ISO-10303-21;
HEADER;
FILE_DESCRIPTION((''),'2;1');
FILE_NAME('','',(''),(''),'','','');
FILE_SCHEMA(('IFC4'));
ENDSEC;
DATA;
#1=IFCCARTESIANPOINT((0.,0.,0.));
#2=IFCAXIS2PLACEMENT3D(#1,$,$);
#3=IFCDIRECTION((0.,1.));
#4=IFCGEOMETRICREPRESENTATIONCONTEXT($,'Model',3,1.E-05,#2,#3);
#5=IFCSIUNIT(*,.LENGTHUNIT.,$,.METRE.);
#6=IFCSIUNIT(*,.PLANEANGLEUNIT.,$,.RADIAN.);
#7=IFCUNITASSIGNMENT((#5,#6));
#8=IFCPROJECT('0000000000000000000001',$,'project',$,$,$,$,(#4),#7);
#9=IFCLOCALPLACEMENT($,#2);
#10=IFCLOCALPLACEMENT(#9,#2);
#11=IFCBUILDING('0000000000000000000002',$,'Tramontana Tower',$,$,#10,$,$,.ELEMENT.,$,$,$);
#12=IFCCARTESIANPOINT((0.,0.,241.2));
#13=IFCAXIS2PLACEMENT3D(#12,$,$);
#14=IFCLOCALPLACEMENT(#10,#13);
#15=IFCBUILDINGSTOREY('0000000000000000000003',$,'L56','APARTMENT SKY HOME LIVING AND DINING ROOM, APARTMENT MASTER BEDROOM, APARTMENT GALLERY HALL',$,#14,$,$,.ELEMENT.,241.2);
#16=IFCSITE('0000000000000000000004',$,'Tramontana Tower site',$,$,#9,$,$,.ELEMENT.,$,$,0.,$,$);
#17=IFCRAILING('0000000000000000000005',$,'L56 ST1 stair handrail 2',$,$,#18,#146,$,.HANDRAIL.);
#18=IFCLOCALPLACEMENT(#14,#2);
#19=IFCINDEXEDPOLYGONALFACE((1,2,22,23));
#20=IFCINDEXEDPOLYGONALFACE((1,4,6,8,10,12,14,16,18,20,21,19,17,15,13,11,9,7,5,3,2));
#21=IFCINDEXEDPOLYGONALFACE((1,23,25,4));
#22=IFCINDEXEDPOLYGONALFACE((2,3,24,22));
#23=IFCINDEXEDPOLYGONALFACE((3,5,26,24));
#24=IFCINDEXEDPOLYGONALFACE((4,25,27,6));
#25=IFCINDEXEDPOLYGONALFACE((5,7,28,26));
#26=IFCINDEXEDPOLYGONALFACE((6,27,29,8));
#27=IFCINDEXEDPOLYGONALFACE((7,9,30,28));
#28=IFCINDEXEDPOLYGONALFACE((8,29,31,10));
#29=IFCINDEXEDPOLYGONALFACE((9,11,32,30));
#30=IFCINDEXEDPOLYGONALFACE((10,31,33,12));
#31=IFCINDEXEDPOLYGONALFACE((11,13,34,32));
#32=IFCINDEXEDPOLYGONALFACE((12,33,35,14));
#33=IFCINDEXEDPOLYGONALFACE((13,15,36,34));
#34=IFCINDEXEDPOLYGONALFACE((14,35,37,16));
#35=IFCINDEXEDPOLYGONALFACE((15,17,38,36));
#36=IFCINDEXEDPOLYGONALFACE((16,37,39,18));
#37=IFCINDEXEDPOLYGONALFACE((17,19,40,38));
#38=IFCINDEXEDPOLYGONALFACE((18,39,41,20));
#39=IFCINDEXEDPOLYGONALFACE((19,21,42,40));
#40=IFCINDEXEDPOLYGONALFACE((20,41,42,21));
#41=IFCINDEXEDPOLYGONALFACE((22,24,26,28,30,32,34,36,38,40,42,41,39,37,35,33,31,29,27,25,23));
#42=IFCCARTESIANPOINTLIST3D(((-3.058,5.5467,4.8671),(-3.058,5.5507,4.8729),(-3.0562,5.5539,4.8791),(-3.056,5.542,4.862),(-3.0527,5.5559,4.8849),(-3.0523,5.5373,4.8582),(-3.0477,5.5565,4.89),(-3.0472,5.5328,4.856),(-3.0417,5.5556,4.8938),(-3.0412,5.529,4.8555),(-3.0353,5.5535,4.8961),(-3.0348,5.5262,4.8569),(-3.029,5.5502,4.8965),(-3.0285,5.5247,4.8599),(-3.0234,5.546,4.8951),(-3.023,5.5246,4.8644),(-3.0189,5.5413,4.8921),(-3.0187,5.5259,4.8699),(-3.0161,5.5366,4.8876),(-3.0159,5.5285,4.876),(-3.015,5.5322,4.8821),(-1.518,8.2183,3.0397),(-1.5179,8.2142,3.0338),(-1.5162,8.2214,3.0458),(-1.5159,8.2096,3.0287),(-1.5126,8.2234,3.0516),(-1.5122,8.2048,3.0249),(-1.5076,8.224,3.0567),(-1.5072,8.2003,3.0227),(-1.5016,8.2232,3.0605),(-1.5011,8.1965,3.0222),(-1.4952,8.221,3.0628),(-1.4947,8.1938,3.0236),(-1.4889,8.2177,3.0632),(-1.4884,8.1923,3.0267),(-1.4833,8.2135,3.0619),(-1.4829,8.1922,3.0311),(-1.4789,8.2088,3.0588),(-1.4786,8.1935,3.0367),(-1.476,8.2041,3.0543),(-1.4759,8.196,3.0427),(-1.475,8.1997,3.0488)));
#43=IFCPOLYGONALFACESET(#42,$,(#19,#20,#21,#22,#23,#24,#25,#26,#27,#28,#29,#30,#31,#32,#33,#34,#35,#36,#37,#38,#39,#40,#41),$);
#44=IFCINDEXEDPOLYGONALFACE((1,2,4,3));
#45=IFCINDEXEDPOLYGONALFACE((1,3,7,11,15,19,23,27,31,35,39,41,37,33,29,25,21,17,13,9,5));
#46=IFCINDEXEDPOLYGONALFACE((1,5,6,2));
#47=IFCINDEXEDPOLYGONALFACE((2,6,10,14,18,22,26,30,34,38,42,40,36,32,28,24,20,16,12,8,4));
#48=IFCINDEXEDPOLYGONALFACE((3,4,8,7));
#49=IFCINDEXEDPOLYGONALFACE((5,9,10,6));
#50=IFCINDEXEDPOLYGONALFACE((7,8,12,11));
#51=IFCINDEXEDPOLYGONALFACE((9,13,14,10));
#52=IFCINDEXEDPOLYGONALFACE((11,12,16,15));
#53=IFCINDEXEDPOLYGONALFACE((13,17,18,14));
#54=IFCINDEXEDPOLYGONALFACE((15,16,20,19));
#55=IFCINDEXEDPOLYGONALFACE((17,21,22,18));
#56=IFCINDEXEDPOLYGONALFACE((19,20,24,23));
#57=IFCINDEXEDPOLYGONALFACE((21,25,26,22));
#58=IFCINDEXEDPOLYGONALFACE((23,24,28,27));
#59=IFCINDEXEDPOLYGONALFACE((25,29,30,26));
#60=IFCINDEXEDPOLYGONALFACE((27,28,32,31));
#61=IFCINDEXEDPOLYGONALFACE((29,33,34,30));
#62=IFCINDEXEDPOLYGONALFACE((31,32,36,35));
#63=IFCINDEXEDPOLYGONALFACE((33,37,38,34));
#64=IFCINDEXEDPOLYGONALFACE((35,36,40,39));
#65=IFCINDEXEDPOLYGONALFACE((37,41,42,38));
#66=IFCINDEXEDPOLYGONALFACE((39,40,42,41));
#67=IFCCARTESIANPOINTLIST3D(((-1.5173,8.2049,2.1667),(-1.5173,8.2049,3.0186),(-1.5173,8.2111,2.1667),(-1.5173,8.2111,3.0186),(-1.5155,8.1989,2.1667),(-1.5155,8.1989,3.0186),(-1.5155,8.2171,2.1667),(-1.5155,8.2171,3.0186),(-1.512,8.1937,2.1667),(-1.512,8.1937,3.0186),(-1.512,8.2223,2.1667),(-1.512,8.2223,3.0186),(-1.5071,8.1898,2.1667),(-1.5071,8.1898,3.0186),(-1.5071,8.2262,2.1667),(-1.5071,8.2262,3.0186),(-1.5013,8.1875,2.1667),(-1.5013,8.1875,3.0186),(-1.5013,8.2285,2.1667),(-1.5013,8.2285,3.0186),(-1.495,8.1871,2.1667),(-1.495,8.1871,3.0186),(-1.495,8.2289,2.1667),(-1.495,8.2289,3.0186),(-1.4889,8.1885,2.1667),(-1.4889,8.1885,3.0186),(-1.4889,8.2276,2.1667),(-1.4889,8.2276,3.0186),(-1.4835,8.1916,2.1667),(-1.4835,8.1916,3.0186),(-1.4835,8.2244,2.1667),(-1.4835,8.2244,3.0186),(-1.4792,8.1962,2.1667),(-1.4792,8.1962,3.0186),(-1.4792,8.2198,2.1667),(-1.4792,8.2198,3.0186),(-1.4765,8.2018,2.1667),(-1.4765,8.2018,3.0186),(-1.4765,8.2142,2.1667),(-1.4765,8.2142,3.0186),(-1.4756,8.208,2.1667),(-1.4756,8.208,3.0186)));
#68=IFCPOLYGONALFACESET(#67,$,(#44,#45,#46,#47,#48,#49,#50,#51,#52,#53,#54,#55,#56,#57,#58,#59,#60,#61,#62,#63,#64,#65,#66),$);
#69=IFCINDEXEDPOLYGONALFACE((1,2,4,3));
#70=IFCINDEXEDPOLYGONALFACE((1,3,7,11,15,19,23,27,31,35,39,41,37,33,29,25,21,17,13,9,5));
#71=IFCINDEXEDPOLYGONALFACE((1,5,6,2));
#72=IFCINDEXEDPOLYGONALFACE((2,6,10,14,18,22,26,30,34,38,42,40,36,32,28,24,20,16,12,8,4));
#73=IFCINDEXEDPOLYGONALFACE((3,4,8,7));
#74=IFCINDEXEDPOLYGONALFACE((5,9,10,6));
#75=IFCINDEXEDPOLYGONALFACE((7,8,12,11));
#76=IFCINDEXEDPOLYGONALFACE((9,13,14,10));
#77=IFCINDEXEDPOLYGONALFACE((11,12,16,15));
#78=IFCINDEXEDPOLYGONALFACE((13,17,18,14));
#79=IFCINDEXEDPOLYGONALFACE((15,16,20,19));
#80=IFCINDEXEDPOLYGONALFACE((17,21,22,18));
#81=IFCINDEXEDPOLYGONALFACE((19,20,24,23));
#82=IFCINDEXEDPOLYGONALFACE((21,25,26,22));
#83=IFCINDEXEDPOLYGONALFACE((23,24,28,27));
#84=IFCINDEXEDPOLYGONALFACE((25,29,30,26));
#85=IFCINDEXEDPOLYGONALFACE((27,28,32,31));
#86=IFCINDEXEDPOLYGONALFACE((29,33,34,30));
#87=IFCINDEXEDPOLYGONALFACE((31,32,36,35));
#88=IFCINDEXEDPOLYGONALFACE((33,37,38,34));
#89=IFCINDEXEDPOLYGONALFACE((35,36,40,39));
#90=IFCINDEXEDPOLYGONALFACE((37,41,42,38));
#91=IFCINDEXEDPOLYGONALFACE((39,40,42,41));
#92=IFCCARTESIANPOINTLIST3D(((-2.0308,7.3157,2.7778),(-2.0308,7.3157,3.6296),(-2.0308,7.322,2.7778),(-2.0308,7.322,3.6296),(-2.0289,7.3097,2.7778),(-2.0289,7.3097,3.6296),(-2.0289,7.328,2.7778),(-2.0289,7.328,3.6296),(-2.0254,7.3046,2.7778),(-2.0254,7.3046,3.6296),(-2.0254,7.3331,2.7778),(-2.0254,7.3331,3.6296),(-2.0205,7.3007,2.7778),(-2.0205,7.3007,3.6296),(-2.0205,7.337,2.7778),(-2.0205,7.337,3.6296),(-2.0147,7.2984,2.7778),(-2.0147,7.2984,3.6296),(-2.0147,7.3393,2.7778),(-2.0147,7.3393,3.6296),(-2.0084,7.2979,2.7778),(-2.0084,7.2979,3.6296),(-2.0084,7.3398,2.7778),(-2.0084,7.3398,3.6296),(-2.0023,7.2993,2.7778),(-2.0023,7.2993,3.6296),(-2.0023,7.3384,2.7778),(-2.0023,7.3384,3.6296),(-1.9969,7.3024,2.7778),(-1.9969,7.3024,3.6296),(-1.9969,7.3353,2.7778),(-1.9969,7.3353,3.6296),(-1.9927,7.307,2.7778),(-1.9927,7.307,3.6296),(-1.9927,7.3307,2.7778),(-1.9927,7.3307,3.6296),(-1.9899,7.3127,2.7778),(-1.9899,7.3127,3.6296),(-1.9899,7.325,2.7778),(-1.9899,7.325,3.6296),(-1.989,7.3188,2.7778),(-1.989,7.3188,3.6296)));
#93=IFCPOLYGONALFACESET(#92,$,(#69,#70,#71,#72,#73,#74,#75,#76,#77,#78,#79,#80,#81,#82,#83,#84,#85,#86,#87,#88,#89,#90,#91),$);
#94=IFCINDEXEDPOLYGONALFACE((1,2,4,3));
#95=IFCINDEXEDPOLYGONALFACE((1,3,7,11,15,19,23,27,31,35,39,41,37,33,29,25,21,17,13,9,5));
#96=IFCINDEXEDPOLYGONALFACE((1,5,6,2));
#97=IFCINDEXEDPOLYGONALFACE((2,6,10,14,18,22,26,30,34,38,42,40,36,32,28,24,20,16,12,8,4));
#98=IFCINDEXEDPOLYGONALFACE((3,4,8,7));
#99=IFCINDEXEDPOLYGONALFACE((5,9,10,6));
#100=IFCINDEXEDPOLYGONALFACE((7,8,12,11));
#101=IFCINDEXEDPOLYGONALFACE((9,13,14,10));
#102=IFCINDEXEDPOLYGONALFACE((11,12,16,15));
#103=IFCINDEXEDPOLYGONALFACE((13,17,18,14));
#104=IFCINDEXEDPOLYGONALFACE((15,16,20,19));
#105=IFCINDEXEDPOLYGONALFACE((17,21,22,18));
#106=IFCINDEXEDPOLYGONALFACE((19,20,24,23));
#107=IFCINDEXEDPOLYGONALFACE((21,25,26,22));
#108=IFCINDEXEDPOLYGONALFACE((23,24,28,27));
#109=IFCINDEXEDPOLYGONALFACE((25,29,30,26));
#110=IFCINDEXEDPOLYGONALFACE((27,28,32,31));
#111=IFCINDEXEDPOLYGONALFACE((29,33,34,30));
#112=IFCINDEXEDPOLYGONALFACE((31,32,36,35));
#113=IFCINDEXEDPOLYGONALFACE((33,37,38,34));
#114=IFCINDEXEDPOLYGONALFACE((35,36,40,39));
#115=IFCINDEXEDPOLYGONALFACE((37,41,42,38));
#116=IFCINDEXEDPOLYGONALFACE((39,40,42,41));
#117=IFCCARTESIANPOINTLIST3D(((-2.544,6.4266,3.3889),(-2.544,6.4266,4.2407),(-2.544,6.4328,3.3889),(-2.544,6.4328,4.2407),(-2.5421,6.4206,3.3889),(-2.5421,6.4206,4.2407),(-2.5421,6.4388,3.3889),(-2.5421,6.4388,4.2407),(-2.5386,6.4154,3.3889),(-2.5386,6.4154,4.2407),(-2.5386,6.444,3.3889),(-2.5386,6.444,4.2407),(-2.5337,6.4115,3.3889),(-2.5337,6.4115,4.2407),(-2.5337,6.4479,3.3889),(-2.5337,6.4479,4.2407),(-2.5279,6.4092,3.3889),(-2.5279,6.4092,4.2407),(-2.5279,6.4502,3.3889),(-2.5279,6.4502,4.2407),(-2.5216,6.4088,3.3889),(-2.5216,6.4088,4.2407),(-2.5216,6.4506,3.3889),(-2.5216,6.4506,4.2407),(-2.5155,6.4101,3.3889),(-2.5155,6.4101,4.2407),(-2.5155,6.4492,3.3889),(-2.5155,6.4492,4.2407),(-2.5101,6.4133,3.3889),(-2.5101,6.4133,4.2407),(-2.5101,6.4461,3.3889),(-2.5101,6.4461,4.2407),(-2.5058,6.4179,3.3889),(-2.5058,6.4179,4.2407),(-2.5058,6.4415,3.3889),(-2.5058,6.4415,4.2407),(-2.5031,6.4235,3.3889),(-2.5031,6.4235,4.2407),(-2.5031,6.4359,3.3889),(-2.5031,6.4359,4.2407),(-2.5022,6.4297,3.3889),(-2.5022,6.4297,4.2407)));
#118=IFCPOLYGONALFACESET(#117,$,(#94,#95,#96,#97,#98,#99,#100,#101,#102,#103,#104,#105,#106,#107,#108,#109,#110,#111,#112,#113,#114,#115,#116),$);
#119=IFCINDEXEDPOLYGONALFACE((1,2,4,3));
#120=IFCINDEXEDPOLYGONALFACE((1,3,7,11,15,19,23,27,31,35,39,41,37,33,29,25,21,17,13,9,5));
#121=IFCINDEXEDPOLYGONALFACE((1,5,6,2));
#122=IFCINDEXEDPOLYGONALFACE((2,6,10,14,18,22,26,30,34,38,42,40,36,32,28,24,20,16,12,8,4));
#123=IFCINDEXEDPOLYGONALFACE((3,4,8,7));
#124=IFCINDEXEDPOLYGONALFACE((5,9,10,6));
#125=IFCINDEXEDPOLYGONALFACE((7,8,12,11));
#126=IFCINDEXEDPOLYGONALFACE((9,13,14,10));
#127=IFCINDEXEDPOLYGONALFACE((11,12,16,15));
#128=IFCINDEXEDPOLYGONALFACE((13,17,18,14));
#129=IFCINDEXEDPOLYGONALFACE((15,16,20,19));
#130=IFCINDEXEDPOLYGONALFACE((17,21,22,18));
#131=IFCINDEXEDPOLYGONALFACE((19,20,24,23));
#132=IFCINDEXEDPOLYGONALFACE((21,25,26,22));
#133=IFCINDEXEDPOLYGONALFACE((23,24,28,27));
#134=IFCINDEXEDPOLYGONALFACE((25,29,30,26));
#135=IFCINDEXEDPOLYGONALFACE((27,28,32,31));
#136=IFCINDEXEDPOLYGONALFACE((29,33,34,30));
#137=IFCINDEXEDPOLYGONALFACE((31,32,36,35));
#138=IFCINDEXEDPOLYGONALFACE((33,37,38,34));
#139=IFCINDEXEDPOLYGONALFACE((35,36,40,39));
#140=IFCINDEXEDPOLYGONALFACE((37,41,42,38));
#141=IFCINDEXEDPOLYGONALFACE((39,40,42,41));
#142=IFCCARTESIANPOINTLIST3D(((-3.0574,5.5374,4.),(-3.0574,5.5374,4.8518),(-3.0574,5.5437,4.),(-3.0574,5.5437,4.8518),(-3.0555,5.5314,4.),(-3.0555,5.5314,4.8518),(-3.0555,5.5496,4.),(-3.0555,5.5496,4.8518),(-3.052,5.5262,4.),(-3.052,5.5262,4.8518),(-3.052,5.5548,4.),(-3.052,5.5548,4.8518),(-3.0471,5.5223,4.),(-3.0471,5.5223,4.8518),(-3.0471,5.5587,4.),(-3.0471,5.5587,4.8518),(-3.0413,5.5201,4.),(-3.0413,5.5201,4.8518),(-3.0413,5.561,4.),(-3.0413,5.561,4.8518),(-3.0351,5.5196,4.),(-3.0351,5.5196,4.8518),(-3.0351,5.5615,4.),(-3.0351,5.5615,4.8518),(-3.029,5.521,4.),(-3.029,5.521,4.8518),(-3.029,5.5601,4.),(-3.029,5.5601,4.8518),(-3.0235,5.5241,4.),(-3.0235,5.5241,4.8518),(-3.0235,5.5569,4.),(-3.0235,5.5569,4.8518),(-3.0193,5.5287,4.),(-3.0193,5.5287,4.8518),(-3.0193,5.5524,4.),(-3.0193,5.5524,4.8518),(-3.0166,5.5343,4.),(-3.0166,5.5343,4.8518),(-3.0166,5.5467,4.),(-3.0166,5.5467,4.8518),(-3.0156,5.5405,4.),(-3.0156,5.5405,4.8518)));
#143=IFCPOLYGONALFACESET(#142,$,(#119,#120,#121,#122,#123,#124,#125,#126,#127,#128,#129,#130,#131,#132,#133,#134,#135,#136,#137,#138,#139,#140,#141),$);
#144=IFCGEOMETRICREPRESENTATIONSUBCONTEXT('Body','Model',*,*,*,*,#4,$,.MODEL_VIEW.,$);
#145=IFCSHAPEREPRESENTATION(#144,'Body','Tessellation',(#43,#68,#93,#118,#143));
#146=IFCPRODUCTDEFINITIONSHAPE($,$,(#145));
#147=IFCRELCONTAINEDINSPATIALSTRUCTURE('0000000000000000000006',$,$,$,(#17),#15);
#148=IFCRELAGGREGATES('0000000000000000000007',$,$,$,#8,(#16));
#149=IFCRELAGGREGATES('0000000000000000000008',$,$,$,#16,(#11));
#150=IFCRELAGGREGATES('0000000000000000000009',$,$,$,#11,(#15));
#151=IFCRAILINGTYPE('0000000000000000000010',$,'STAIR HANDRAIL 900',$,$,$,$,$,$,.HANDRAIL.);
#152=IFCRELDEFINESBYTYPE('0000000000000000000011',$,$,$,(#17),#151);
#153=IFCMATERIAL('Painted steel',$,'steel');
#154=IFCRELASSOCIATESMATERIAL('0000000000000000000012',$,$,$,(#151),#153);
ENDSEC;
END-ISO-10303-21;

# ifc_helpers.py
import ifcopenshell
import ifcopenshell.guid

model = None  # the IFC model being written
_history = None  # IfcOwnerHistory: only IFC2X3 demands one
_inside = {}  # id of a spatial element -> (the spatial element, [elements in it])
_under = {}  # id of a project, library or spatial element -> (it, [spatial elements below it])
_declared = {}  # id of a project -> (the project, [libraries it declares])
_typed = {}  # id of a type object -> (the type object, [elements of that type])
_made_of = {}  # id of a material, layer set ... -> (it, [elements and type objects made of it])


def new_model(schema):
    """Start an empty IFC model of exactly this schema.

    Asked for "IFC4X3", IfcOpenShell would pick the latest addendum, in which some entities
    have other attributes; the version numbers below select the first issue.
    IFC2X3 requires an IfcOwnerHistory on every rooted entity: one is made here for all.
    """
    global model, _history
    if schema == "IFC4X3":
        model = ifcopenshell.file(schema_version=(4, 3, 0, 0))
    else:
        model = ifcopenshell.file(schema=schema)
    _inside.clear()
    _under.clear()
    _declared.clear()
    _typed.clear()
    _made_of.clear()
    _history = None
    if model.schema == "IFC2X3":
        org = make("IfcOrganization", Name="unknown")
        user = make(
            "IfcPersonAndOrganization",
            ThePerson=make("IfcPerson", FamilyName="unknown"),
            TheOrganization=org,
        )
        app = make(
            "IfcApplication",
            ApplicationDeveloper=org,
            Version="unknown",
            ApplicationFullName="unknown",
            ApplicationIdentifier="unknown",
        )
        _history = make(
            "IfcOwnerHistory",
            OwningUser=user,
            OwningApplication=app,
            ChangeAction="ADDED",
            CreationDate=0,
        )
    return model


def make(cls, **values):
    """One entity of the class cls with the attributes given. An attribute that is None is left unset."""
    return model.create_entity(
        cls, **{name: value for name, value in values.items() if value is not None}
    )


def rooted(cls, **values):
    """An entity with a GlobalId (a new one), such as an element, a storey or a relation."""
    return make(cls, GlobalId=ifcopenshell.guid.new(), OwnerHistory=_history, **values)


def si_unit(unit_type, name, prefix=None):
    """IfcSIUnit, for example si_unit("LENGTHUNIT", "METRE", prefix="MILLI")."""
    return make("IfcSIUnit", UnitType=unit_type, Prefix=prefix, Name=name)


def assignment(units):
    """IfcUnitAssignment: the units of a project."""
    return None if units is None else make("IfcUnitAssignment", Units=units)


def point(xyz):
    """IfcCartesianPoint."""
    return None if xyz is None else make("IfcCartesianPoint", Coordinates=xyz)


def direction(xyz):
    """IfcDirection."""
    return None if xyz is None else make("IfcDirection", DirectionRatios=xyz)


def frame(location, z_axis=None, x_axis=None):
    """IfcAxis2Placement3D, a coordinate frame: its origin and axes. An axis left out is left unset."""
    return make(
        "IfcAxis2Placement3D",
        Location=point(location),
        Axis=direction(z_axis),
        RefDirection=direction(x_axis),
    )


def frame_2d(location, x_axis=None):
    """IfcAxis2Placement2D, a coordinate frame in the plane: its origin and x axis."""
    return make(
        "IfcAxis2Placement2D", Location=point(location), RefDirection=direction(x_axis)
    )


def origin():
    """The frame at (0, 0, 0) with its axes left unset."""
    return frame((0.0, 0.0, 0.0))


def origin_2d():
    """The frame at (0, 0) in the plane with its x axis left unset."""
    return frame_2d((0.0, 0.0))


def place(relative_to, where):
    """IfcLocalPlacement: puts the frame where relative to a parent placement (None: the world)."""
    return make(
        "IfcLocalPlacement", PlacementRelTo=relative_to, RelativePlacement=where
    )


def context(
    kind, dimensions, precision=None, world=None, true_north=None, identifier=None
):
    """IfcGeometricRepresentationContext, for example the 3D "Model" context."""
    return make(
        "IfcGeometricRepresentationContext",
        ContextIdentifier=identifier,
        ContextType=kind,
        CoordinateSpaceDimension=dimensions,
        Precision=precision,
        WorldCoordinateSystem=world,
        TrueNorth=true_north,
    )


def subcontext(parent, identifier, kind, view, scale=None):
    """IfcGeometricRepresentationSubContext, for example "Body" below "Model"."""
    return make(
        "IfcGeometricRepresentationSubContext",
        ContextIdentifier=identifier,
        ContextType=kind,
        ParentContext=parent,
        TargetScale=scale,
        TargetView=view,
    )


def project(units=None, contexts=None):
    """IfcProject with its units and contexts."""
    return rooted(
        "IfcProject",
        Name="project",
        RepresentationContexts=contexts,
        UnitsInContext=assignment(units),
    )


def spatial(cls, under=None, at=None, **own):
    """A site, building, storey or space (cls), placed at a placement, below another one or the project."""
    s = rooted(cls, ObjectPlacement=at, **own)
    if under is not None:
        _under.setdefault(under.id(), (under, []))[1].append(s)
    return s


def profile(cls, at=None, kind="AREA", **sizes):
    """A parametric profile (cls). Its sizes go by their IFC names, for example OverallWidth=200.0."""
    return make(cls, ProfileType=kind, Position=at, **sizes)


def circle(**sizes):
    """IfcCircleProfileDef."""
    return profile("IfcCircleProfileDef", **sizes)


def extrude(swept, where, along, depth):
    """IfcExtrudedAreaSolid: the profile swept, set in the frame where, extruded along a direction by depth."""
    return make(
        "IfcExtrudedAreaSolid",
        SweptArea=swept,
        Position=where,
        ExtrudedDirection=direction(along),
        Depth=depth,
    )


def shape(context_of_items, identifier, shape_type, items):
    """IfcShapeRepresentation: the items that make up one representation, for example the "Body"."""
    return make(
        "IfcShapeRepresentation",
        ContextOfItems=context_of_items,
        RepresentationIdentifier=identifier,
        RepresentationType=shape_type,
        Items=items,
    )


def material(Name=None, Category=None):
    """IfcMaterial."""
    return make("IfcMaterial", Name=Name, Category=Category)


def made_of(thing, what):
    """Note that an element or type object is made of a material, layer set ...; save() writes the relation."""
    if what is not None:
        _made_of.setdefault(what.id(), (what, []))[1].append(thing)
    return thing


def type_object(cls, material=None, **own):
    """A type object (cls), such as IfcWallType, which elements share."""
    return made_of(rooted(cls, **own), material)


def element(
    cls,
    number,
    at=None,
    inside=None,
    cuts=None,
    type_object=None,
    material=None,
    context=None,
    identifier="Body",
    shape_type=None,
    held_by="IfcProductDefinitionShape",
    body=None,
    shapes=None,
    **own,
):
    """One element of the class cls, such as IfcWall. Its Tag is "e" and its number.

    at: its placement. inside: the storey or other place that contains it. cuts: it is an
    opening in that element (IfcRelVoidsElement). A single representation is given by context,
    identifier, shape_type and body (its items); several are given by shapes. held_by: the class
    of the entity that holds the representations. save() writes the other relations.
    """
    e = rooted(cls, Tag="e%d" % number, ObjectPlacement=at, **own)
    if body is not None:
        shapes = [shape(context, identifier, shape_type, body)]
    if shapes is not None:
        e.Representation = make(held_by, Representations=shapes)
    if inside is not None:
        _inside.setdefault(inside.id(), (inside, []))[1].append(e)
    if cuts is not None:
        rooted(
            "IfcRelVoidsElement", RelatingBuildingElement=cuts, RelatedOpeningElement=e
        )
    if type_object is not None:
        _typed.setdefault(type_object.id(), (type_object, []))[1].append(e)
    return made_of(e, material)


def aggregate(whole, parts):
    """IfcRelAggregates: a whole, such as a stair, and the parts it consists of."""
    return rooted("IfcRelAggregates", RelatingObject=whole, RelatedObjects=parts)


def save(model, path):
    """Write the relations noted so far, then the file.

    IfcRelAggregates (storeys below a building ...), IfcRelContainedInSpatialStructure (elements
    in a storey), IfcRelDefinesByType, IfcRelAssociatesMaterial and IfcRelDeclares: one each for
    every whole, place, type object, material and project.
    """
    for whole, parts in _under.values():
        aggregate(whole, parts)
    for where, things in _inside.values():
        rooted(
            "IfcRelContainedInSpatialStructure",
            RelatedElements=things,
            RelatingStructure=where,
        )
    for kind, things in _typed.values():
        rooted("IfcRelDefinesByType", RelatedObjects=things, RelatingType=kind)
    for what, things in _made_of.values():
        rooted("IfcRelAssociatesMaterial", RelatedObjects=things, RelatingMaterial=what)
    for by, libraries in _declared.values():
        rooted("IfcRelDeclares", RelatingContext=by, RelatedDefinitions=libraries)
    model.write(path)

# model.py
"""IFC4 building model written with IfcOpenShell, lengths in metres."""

from ifc_helpers import new_model, si_unit, direction, frame, origin, origin_2d, place, context, subcontext, project, spatial, circle, extrude, material, type_object, element, save


model = new_model("IFC4")

# Units and contexts
model_context = context("Model", 3, precision=1e-05, world=origin(), true_north=direction((0.0, 1.0)))
body_context = subcontext(model_context, "Body", "Model", "MODEL_VIEW")
ifc_project = project(units=[si_unit("LENGTHUNIT", "METRE"), si_unit("PLANEANGLEUNIT", "RADIAN")], contexts=[model_context])

# Site, building, storey
site_placement = place(None, origin())
site = spatial("IfcSite", under=ifc_project, at=site_placement, Name="Tramontana Tower site", CompositionType="ELEMENT", RefElevation=0.0)
building_placement = place(site_placement, origin())
building = spatial("IfcBuilding", under=site, at=building_placement, Name="Tramontana Tower", CompositionType="ELEMENT")
storey_placement = place(building_placement, frame((0.0, 0.0, 241.2)))
storey = spatial("IfcBuildingStorey", under=building, at=storey_placement, Name="L56", Description="APARTMENT SKY HOME LIVING AND DINING ROOM, APARTMENT MASTER BEDROOM, APARTMENT GALLERY HALL", CompositionType="ELEMENT", Elevation=241.2)

# Railing
ifc_material_1 = material(Name="Painted steel", Category="steel")
railing_type = type_object("IfcRailingType", Name="STAIR HANDRAIL 900", PredefinedType="HANDRAIL", material=ifc_material_1)
railing_placement = place(storey_placement, frame((-1.4966, 8.208, 2.1667)))
element("IfcRailing", 1, at=railing_placement, inside=storey, type_object=railing_type, Name="L56 ST1 stair handrail 2", PredefinedType="HANDRAIL", context=body_context, shape_type="SweptSolid", body=[
    extrude(circle(Radius=0.0239, at=origin_2d()), frame((0.0, 0.0, 0.876), z_axis=(-0.429649, -0.74419, 0.511452), x_axis=(0.86603, -0.499992, 0.0)), (0.0, 0.0, 1.0), 3.5845),
    extrude(circle(Radius=0.021, at=origin_2d()), origin(), (0.0, 0.0, 1.0), 0.8518),
    extrude(circle(Radius=0.021, at=origin_2d()), frame((-0.5134, -0.8892, 0.6111)), (0.0, 0.0, 1.0), 0.8518),
    extrude(circle(Radius=0.021, at=origin_2d()), frame((-1.0266, -1.7783, 1.2222)), (0.0, 0.0, 1.0), 0.8518),
    extrude(circle(Radius=0.021, at=origin_2d()), frame((-1.54, -2.6675, 1.8333)), (0.0, 0.0, 1.0), 0.8518),
])

save(model, "model.ifc")
